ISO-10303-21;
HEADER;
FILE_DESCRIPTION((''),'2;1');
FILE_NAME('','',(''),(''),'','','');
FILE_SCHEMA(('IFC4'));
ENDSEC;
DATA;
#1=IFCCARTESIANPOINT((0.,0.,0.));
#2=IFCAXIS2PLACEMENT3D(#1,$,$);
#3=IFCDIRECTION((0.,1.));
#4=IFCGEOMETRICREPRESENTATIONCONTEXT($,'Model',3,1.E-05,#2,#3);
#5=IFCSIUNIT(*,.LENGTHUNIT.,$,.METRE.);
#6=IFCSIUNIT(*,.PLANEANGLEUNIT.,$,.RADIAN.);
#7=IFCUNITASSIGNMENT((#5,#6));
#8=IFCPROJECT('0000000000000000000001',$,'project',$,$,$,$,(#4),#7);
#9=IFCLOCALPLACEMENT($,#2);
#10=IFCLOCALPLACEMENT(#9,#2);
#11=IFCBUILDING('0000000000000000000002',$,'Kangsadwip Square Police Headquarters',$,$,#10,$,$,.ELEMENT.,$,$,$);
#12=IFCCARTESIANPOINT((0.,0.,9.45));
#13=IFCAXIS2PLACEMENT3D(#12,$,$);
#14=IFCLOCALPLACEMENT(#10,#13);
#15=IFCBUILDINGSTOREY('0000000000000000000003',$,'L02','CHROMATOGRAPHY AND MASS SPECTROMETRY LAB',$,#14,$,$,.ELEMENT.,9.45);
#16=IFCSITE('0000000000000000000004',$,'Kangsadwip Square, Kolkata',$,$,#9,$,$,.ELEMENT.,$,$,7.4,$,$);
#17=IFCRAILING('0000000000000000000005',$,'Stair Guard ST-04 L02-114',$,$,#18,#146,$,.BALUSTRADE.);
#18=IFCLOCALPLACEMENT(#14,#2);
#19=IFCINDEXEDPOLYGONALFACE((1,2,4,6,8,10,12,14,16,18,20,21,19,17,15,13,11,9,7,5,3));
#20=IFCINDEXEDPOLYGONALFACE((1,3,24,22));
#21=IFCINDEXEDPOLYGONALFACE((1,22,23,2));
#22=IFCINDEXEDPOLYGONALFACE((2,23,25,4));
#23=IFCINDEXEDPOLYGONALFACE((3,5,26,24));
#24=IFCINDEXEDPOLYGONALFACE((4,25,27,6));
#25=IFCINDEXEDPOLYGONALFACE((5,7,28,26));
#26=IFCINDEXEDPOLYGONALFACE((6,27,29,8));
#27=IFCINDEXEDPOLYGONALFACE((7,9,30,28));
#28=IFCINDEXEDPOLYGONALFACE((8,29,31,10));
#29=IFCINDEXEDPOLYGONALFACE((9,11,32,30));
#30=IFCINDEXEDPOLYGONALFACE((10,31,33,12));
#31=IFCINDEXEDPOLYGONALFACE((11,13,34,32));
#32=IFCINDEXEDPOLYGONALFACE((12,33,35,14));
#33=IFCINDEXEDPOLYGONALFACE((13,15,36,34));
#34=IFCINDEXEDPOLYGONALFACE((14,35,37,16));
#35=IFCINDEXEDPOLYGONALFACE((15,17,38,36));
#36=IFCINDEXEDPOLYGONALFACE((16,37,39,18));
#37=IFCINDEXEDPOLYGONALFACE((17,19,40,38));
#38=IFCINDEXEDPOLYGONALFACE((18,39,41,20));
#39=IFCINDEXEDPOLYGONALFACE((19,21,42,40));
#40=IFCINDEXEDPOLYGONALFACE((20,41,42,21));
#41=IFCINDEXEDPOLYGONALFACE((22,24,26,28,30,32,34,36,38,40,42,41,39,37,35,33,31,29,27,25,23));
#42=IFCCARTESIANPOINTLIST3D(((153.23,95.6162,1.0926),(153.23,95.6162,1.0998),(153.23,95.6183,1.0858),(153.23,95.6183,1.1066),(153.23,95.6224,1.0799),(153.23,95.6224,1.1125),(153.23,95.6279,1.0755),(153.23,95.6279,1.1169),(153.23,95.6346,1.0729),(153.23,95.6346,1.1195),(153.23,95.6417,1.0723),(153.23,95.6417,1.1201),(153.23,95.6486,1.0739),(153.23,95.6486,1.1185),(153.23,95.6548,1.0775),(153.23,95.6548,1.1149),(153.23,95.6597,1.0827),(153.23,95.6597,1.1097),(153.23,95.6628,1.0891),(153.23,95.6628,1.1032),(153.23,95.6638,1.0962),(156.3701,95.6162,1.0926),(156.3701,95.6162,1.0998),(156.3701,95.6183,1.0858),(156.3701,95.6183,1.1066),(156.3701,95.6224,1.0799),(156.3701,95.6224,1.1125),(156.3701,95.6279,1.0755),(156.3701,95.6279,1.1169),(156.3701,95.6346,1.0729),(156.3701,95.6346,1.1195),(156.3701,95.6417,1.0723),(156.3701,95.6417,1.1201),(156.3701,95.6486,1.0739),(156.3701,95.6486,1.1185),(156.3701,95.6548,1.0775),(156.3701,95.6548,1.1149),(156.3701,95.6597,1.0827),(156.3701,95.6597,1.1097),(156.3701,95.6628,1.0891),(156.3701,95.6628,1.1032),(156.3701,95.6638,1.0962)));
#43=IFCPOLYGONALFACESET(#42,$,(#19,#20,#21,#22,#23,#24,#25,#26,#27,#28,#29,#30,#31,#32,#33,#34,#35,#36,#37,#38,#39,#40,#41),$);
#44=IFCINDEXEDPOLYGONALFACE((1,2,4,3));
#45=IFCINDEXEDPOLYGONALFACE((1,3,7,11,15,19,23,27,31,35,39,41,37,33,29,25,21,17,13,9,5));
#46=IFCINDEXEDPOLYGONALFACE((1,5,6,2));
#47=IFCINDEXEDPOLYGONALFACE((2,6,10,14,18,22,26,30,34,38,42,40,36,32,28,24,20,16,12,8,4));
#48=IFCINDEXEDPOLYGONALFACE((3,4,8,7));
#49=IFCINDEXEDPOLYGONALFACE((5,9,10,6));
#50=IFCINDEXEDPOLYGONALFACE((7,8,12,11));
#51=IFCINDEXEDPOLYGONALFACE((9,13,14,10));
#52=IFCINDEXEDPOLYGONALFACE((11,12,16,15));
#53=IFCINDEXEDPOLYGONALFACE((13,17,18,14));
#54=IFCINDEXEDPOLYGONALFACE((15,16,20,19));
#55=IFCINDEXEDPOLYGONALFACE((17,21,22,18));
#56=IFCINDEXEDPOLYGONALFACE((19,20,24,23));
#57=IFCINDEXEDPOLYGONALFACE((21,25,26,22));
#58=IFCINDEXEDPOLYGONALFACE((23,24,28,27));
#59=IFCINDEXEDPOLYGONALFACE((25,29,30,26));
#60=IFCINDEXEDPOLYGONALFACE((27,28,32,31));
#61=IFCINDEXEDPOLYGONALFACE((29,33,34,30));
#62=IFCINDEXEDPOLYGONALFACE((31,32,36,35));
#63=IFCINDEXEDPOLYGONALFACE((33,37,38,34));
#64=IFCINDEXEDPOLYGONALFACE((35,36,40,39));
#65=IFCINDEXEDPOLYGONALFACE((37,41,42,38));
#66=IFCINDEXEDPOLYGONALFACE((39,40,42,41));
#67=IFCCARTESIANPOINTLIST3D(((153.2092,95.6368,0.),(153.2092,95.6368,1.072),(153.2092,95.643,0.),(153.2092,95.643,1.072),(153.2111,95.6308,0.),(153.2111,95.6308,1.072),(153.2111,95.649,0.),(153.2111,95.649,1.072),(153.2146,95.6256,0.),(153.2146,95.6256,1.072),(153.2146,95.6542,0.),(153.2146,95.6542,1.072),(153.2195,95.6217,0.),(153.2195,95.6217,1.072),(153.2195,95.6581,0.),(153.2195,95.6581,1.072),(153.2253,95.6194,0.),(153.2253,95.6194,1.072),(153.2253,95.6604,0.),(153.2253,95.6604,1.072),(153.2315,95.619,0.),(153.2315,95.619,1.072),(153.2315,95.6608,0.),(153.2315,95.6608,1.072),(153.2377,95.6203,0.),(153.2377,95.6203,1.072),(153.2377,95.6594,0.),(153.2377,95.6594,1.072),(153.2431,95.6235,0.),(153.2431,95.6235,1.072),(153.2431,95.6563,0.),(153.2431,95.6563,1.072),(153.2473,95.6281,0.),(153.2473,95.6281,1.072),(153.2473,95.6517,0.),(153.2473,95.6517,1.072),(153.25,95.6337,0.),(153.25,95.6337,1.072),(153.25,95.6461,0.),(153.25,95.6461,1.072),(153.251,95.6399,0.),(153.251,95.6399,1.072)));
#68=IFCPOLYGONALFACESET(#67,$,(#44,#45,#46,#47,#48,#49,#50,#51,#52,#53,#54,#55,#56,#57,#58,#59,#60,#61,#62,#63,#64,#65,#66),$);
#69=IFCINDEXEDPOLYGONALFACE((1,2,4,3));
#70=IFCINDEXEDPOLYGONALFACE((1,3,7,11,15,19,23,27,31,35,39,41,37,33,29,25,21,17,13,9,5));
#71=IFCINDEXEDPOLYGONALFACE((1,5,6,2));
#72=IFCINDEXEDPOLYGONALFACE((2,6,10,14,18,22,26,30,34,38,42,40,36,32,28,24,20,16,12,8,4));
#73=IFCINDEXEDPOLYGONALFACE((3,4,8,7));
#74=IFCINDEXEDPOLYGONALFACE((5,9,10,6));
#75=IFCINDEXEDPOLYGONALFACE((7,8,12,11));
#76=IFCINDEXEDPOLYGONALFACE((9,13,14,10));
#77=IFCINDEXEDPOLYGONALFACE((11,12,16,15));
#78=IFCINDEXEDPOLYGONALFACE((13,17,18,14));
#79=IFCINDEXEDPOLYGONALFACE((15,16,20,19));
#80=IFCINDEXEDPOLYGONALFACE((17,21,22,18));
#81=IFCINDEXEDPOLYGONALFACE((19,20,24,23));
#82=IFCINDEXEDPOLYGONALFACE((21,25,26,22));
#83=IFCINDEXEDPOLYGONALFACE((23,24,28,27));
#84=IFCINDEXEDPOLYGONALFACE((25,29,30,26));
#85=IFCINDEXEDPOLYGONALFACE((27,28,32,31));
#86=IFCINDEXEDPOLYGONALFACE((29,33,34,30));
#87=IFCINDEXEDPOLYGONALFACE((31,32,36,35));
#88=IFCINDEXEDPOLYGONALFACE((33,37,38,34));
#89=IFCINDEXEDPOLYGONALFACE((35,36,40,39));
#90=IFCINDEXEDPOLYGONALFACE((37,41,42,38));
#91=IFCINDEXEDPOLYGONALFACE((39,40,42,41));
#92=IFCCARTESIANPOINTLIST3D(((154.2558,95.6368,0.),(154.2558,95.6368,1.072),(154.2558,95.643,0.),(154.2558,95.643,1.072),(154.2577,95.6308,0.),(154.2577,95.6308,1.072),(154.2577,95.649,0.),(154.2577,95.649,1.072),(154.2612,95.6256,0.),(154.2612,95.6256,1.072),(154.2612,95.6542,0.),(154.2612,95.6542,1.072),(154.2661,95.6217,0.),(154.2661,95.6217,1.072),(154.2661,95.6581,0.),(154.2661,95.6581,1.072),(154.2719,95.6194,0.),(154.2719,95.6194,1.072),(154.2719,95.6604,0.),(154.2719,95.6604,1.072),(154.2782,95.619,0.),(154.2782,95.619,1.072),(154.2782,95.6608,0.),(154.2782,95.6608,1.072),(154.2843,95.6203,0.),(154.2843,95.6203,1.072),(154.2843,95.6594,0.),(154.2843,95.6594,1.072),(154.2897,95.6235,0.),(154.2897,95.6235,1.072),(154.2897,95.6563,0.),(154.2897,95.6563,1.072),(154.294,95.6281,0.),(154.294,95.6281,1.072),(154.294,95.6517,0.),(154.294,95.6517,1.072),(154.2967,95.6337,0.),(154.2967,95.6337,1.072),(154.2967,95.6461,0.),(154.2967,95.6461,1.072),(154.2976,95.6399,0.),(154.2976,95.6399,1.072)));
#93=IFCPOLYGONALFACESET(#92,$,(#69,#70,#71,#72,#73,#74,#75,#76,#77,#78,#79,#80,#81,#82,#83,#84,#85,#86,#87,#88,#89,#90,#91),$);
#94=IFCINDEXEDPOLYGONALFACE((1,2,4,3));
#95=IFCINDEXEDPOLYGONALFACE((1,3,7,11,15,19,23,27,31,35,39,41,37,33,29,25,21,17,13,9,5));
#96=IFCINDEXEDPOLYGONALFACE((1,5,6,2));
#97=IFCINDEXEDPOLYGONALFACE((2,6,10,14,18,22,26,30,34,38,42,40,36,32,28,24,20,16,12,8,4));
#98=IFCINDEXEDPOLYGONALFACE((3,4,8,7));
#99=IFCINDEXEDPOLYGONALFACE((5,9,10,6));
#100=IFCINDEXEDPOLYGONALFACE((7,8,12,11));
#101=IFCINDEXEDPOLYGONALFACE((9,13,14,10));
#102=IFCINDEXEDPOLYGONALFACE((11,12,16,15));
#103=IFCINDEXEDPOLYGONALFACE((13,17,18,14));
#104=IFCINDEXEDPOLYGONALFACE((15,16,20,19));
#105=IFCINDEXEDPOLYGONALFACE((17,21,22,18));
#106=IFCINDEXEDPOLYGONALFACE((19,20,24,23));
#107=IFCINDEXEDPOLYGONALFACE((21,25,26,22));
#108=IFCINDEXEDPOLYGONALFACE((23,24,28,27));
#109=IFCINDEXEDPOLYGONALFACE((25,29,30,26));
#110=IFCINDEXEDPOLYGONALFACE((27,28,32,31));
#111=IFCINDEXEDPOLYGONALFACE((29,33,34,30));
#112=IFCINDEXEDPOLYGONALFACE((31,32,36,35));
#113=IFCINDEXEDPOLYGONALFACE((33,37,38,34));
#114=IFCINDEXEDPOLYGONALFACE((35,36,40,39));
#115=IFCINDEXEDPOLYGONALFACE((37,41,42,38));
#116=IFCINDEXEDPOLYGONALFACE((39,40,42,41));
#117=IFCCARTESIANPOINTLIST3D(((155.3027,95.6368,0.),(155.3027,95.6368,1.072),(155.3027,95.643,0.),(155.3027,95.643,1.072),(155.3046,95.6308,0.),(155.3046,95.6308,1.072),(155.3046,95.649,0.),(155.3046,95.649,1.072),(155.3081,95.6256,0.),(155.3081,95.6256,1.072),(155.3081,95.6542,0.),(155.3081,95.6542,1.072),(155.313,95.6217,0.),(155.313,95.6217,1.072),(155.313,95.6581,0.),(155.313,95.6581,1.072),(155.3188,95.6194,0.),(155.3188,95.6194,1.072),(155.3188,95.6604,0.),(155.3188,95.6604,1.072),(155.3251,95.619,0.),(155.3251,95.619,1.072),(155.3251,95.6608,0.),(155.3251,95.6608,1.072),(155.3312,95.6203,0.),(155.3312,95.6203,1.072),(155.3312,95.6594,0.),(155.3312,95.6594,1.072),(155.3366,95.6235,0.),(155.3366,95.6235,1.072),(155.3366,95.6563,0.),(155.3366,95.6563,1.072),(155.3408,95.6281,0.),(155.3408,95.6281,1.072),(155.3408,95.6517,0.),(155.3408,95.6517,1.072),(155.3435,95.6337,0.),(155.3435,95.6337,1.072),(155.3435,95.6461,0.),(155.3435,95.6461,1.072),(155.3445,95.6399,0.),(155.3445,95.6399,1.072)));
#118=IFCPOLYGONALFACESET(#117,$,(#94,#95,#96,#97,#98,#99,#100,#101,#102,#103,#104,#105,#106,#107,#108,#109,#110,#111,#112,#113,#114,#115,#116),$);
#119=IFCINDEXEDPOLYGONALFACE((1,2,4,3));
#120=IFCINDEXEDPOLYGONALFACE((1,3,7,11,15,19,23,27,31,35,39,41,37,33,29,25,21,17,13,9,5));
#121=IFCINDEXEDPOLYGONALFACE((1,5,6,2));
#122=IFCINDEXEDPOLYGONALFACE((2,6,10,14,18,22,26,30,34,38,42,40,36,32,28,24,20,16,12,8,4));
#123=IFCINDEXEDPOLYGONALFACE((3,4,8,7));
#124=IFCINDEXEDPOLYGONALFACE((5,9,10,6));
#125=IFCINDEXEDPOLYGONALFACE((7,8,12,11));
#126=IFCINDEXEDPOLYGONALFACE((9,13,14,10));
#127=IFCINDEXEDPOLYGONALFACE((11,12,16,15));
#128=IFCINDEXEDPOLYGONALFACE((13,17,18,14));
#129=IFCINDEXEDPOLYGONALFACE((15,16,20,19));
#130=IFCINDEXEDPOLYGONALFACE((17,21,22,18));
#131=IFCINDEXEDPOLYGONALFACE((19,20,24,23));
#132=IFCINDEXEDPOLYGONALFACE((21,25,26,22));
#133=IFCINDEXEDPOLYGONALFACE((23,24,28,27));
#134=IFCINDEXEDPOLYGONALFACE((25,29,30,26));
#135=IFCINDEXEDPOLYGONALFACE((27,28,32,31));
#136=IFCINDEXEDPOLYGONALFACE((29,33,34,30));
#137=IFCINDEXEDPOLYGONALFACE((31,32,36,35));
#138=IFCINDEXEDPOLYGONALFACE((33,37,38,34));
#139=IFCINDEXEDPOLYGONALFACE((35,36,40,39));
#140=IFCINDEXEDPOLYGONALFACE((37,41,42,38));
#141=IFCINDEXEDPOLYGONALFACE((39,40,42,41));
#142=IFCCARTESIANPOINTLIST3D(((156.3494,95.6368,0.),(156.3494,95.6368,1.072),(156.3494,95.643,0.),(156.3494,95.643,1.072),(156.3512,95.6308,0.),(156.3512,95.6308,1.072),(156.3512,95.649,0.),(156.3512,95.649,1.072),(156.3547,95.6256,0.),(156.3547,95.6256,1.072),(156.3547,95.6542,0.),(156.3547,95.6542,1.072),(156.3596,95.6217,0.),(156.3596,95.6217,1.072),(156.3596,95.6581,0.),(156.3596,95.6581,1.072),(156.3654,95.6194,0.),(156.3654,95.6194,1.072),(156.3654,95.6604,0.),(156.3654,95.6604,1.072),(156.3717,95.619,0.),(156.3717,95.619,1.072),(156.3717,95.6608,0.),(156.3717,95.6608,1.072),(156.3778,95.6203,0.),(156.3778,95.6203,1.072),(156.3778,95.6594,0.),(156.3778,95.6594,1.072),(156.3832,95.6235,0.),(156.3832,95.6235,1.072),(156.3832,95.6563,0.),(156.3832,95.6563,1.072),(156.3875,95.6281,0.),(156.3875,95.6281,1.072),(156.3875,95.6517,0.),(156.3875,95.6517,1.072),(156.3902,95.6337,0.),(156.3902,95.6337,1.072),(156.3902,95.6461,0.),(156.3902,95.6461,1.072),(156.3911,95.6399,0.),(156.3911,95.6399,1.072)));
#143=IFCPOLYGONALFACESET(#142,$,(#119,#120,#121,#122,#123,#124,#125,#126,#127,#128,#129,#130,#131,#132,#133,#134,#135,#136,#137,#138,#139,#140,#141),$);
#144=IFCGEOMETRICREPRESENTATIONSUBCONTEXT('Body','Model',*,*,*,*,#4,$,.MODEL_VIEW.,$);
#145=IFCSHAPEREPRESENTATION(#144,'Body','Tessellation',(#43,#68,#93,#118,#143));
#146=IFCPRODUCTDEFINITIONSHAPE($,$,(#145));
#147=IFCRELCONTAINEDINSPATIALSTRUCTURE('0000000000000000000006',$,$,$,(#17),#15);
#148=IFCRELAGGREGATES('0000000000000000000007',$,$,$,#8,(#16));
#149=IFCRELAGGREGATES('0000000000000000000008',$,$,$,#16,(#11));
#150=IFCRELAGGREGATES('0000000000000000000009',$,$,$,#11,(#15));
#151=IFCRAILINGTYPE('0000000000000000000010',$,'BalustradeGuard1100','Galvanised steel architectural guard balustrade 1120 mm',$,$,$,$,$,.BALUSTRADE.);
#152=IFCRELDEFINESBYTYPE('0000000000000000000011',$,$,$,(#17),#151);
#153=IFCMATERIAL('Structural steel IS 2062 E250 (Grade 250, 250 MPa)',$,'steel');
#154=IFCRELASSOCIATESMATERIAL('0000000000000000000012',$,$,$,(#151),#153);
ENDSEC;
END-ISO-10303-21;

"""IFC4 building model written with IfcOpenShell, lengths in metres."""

from ifc_helpers import new_model, si_unit, direction, frame, origin, origin_2d, place, context, subcontext, project, spatial, circle, extrude, material, type_object, element, save


model = new_model("IFC4")

# Units and contexts
model_context = context("Model", 3, precision=1e-05, world=origin(), true_north=direction((0.0, 1.0)))
body_context = subcontext(model_context, "Body", "Model", "MODEL_VIEW")
ifc_project = project(units=[si_unit("LENGTHUNIT", "METRE"), si_unit("PLANEANGLEUNIT", "RADIAN")], contexts=[model_context])

# Site, building, storey
site_placement = place(None, origin())
site = spatial("IfcSite", under=ifc_project, at=site_placement, Name="Kangsadwip Square, Kolkata", CompositionType="ELEMENT", RefElevation=7.4)
building_placement = place(site_placement, origin())
building = spatial("IfcBuilding", under=site, at=building_placement, Name="Kangsadwip Square Police Headquarters", CompositionType="ELEMENT")
storey_placement = place(building_placement, frame((0.0, 0.0, 9.45)))
storey = spatial("IfcBuildingStorey", under=building, at=storey_placement, Name="L02", Description="CHROMATOGRAPHY AND MASS SPECTROMETRY LAB", CompositionType="ELEMENT", Elevation=9.45)

# Railing
ifc_material_1 = material(Name="Structural steel IS 2062 E250 (Grade 250, 250 MPa)", Category="steel")
railing_type_1 = type_object("IfcRailingType", Name="BalustradeGuard1100", Description="Galvanised steel architectural guard balustrade 1120 mm", PredefinedType="BALUSTRADE", material=ifc_material_1)
for number, where, name in (
    (1, (153.23, 95.6399, 0.0), "Stair Guard ST-04 L02-114"),
):
    element("IfcRailing", number, at=place(storey_placement, frame(where)), inside=storey, type_object=railing_type_1, Name=name, PredefinedType="BALUSTRADE", context=body_context, shape_type="SweptSolid", body=[
        extrude(circle(Radius=0.0239, at=origin_2d()), frame((0.0, 0.0, 1.0962), z_axis=(1.0, 0.0, 0.0), x_axis=(0.0, 1.0, 0.0)), (0.0, 0.0, 1.0), 3.1401),
        extrude(circle(Radius=0.021, at=origin_2d()), origin(), (0.0, 0.0, 1.0), 1.072),
        extrude(circle(Radius=0.021, at=origin_2d()), frame((1.0466, 0.0, 0.0)), (0.0, 0.0, 1.0), 1.072),
        extrude(circle(Radius=0.021, at=origin_2d()), frame((2.0935, 0.0, 0.0)), (0.0, 0.0, 1.0), 1.072),
        extrude(circle(Radius=0.021, at=origin_2d()), frame((3.1401, 0.0, 0.0)), (0.0, 0.0, 1.0), 1.072),
    ])

save(model, "model.ifc")
